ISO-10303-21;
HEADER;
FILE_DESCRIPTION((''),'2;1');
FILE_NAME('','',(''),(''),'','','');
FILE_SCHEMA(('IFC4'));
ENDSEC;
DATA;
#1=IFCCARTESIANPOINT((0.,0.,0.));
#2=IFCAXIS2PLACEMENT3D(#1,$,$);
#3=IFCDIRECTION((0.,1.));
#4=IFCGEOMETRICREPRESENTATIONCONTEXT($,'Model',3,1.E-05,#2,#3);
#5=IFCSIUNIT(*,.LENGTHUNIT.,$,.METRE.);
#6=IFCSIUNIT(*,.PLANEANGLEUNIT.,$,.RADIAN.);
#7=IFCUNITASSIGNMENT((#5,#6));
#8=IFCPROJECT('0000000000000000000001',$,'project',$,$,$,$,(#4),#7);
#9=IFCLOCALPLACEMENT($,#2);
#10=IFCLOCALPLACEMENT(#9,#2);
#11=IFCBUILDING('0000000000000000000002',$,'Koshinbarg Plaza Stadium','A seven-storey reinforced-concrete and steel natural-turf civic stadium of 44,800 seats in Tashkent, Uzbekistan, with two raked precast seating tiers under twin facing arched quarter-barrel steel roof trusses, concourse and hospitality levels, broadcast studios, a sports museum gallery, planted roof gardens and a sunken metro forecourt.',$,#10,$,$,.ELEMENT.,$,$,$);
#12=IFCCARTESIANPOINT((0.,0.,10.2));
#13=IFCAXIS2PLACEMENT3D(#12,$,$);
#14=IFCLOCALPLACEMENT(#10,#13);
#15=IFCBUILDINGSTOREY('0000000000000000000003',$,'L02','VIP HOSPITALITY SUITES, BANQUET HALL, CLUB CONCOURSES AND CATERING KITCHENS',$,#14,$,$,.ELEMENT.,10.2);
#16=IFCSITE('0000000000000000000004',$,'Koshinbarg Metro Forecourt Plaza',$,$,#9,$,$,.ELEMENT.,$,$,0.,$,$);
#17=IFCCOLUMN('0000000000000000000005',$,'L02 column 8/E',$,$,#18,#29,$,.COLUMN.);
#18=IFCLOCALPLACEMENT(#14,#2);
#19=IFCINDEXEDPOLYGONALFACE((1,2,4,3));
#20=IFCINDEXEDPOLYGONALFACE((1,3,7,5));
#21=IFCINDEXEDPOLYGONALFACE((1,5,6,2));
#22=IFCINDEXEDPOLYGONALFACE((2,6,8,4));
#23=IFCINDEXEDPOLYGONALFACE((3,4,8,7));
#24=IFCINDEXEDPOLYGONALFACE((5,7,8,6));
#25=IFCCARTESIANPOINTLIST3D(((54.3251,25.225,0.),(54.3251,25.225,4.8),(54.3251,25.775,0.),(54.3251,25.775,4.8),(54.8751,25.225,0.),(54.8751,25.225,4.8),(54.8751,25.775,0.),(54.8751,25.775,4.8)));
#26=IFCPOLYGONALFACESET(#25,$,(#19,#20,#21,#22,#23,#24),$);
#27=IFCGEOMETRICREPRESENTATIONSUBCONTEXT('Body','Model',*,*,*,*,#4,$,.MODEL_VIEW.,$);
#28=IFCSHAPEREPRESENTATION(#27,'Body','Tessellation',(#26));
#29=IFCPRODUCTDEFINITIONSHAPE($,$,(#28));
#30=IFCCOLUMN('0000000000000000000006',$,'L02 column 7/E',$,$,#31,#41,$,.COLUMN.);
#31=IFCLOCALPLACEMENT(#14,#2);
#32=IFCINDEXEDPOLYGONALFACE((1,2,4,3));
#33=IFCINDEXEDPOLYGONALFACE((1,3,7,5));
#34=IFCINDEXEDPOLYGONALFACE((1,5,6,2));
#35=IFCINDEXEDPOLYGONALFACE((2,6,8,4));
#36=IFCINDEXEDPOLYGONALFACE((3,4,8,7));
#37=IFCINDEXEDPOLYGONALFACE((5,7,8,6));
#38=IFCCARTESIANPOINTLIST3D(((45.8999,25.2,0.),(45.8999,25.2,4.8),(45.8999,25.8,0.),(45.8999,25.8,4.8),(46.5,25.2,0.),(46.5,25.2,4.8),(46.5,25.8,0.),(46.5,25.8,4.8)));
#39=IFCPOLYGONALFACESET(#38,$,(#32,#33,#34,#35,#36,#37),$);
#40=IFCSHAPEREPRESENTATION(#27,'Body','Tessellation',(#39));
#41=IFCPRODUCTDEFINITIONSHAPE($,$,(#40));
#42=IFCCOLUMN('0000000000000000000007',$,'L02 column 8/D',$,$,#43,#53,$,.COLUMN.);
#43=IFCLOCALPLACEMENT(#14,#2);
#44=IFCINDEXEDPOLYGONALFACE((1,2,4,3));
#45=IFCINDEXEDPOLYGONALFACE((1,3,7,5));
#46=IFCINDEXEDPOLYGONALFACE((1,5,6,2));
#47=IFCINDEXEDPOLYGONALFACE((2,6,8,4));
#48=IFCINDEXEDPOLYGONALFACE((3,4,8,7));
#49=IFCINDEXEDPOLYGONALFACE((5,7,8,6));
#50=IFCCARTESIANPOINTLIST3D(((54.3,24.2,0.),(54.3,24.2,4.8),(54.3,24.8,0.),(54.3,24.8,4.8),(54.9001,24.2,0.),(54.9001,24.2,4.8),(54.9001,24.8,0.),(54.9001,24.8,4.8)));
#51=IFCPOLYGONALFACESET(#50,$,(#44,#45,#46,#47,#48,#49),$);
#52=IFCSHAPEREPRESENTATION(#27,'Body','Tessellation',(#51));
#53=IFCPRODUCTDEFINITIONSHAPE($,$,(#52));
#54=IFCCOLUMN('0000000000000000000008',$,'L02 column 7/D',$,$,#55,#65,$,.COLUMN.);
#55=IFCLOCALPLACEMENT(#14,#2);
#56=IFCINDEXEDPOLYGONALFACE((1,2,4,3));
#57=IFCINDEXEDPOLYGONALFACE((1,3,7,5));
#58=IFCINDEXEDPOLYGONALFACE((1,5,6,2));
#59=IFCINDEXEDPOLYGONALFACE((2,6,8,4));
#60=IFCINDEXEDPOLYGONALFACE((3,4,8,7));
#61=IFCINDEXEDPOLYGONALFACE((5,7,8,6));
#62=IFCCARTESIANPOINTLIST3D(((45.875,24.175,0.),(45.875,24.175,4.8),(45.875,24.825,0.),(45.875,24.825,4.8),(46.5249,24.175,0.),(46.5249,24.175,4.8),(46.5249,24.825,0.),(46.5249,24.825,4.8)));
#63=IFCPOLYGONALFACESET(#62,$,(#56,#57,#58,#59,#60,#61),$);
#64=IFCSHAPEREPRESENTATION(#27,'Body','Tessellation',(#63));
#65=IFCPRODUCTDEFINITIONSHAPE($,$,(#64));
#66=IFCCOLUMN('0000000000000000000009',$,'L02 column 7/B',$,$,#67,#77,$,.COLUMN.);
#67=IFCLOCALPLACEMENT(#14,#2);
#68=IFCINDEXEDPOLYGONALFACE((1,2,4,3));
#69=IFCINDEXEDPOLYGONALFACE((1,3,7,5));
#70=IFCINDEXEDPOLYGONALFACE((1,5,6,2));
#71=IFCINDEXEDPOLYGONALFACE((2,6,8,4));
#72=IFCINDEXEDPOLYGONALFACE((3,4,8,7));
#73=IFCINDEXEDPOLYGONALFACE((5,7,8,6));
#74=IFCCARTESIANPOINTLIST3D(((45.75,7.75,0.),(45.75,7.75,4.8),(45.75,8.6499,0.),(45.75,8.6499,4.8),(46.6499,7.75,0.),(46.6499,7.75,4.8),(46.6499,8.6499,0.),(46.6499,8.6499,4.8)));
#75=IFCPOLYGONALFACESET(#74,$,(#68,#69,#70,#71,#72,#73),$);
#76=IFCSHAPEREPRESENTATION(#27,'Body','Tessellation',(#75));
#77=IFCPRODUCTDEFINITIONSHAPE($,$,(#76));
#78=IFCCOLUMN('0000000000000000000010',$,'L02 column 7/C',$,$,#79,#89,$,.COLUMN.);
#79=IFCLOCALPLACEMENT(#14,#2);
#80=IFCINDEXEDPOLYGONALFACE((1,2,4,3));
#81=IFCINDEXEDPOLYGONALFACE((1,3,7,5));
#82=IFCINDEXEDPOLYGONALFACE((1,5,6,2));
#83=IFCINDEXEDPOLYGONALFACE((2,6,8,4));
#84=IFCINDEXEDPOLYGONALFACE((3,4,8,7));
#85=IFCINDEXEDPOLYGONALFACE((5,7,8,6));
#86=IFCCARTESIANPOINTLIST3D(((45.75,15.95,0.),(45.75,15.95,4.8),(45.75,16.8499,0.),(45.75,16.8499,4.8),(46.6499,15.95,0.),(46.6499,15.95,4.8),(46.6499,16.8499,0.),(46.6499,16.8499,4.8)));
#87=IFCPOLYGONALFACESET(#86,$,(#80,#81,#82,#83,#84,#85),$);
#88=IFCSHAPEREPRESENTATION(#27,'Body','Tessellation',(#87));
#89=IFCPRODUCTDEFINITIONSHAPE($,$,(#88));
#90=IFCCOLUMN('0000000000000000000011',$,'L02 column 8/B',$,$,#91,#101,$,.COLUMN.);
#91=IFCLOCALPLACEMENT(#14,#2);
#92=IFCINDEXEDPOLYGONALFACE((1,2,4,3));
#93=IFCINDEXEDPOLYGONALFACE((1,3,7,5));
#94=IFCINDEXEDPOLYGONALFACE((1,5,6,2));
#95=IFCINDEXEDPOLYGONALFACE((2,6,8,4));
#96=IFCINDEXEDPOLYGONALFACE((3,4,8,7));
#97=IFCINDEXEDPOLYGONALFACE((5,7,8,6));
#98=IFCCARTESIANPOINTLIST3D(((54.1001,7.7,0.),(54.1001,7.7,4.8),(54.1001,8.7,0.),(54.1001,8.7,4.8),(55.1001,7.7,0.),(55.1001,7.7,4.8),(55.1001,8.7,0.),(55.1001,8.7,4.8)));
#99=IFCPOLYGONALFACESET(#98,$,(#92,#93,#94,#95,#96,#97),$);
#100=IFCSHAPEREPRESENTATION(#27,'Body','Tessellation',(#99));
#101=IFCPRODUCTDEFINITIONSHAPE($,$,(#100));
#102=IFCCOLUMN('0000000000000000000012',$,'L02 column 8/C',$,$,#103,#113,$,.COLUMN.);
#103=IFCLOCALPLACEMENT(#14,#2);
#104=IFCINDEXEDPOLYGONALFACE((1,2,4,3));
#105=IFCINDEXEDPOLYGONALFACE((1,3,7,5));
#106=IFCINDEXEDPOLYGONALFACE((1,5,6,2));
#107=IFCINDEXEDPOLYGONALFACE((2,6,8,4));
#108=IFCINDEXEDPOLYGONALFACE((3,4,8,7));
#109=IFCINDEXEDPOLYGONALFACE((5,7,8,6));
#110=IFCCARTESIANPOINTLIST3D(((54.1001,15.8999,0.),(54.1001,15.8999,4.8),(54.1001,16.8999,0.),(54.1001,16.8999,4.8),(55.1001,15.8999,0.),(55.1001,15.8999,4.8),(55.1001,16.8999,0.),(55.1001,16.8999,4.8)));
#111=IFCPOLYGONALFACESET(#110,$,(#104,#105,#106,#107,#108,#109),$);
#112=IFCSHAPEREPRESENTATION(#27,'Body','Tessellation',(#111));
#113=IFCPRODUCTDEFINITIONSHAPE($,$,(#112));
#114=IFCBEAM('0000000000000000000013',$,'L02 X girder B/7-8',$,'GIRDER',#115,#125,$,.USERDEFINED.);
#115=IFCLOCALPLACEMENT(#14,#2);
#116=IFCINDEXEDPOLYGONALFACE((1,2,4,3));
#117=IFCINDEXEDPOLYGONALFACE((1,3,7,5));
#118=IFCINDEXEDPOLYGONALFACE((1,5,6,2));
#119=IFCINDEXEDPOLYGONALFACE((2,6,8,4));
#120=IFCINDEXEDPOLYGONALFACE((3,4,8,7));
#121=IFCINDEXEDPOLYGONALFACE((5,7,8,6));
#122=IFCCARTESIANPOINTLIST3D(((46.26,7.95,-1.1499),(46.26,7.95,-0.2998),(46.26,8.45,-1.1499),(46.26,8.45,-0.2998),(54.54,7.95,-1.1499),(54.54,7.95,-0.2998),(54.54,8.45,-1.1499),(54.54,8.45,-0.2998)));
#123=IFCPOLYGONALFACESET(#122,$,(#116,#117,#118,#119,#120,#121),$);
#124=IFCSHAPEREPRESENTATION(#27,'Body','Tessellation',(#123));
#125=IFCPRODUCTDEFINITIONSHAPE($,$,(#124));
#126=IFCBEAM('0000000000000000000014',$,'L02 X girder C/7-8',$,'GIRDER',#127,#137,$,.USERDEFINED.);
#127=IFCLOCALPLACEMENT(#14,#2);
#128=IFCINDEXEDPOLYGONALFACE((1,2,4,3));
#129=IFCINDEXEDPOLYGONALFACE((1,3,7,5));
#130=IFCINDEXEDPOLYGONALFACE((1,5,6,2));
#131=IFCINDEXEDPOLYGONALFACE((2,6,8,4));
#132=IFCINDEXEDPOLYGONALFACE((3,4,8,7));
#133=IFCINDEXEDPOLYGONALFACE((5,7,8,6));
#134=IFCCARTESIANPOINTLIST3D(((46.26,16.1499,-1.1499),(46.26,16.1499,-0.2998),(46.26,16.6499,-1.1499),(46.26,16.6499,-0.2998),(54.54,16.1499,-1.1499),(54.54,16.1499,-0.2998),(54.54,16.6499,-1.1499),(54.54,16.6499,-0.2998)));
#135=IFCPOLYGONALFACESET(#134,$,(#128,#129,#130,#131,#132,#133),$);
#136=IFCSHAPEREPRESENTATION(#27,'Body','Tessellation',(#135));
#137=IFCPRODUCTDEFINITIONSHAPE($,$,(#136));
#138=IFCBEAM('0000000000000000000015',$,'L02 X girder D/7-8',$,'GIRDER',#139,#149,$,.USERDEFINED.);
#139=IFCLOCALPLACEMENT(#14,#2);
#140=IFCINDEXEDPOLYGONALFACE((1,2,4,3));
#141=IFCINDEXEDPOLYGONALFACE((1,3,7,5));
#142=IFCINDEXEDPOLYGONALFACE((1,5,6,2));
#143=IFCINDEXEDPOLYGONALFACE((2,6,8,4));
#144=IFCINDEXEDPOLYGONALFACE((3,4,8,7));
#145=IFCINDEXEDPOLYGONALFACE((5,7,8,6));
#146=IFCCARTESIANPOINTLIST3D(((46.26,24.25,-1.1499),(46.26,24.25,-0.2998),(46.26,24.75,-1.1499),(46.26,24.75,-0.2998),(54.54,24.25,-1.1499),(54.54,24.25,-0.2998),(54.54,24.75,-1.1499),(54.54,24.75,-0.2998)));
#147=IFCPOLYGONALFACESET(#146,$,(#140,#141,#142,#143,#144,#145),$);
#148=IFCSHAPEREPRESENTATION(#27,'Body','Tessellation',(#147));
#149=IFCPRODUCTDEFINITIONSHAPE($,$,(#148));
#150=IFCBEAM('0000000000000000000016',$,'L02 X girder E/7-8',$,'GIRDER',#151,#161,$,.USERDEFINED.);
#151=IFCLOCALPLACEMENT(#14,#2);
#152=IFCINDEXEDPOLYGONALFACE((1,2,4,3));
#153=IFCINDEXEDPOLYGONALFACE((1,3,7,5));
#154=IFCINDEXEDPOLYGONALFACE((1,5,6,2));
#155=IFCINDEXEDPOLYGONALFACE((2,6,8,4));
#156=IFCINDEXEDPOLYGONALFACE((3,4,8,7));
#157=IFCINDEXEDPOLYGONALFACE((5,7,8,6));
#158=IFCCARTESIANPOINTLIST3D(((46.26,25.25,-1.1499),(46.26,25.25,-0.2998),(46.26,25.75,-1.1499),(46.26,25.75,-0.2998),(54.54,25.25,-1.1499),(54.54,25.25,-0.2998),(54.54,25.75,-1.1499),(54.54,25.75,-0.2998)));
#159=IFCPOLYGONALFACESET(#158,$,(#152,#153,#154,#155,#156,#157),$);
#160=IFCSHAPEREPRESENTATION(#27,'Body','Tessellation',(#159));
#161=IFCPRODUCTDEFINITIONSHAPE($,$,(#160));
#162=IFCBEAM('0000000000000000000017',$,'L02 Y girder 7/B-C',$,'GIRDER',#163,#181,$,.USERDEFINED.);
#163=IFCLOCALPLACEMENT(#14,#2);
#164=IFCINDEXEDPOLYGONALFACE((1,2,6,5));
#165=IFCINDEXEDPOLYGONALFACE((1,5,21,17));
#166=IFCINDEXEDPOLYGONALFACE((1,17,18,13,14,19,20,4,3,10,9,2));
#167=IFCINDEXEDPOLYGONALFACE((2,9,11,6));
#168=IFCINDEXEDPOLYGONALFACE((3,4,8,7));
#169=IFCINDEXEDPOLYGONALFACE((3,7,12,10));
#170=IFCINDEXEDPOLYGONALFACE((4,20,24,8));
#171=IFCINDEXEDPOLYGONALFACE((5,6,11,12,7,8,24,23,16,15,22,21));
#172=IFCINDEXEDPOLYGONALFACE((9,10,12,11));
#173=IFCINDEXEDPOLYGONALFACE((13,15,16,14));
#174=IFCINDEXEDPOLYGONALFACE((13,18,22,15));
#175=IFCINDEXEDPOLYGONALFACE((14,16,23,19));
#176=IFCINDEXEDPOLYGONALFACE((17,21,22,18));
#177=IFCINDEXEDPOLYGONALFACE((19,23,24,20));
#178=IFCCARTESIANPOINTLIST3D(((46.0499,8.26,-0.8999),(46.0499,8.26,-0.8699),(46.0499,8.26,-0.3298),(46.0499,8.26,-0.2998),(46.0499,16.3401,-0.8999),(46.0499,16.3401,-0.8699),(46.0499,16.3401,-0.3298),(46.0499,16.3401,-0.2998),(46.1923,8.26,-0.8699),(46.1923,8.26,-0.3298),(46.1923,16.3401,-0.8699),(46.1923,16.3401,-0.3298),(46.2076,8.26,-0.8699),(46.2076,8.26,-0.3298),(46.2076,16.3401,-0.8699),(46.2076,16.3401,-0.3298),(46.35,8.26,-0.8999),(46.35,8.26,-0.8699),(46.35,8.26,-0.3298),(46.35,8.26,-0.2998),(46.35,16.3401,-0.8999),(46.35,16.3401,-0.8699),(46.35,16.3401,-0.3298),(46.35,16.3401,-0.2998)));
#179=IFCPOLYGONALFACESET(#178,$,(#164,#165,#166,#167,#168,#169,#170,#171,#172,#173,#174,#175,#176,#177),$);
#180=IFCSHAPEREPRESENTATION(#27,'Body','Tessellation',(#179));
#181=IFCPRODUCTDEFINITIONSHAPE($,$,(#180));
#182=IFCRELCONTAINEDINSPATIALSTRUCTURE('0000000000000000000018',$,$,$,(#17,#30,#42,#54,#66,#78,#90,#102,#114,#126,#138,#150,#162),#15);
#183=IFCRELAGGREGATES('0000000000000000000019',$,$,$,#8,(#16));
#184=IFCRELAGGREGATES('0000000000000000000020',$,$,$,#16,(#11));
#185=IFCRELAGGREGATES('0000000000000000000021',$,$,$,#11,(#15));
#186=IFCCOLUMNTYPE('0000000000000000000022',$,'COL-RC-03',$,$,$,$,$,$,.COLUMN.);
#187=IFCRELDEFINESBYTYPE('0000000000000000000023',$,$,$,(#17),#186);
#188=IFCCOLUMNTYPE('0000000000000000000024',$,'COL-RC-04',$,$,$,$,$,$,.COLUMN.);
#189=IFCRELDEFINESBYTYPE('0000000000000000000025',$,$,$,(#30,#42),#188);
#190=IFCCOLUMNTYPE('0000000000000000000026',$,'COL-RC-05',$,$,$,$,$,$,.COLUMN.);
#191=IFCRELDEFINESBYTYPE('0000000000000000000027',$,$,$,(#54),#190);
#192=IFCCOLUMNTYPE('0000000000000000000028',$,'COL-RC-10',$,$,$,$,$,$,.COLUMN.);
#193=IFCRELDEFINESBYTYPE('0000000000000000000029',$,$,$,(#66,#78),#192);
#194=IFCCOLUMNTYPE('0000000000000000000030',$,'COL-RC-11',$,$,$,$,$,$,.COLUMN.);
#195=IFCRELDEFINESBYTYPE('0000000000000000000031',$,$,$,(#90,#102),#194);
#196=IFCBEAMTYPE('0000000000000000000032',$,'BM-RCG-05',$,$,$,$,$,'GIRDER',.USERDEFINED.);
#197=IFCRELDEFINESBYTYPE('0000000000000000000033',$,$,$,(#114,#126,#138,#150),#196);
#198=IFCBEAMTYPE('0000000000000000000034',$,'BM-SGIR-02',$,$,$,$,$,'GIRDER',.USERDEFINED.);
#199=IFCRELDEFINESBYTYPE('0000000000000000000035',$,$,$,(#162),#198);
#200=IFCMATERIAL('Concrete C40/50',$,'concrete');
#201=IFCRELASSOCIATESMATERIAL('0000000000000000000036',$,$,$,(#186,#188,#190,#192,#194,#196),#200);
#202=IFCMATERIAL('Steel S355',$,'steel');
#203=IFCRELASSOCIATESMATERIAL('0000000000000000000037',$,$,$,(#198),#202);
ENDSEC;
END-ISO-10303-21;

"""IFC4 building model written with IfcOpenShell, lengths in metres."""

from ifc_helpers import new_model, si_unit, direction, frame, origin, origin_2d, place, context, subcontext, project, spatial, rectangle, i_section, extrude, material, material_profile, profile_set, type_object, element, save


model = new_model("IFC4")

# Units and contexts
model_context = context("Model", 3, precision=1e-05, world=origin(), true_north=direction((0.0, 1.0)))
body_context = subcontext(model_context, "Body", "Model", "MODEL_VIEW")
ifc_project = project(units=[si_unit("LENGTHUNIT", "METRE"), si_unit("PLANEANGLEUNIT", "RADIAN")], contexts=[model_context])

# Site, building, storey
site_placement = place(None, origin())
site = spatial("IfcSite", under=ifc_project, at=site_placement, Name="Koshinbarg Metro Forecourt Plaza", CompositionType="ELEMENT", RefElevation=0.0)
building_placement = place(site_placement, origin())
building = spatial("IfcBuilding", under=site, at=building_placement, Name="Koshinbarg Plaza Stadium", Description="A seven-storey reinforced-concrete and steel natural-turf civic stadium of 44,800 seats in Tashkent, Uzbekistan, with two raked precast seating tiers under twin facing arched quarter-barrel steel roof trusses, concourse and hospitality levels, broadcast studios, a sports museum gallery, planted roof gardens and a sunken metro forecourt.", CompositionType="ELEMENT")
storey_placement = place(building_placement, frame((0.0, 0.0, 10.2)))
storey = spatial("IfcBuildingStorey", under=building, at=storey_placement, Name="L02", Description="VIP HOSPITALITY SUITES, BANQUET HALL, CLUB CONCOURSES AND CATERING KITCHENS", CompositionType="ELEMENT", Elevation=10.2)

# Columns
ifc_material_1 = material(Name="Concrete C40/50", Category="concrete")
ifc_material_profile_1 = material_profile(ifc_material_1, rectangle(XDim=0.55, YDim=0.55, at=origin_2d()), Name="RC 550x550")
ifc_profile_set_1 = profile_set([ifc_material_profile_1], Name="Concrete C40/50")
column_type_1 = type_object("IfcColumnType", Name="COL-RC-03", PredefinedType="COLUMN", material=ifc_profile_set_1)
column_1_placement = place(storey_placement, frame((54.6001, 25.5, 0.0), z_axis=(0.0, 0.0, 1.0), x_axis=(1.0, 0.0, 0.0)))
element("IfcColumn", 1, at=column_1_placement, inside=storey, type_object=column_type_1, Name="L02 column 8/E", PredefinedType="COLUMN", context=body_context, shape_type="SweptSolid", body=[
    extrude(rectangle(XDim=0.55, YDim=0.55, at=origin_2d()), origin(), (0.0, 0.0, 1.0), 4.8),
])
ifc_material_profile_2 = material_profile(ifc_material_1, rectangle(XDim=0.6001, YDim=0.6001, at=origin_2d()), Name="RC 600x600")
ifc_profile_set_2 = profile_set([ifc_material_profile_2], Name="Concrete C40/50")
column_type_2 = type_object("IfcColumnType", Name="COL-RC-04", PredefinedType="COLUMN", material=ifc_profile_set_2)
for number, where, z_axis, x_axis, name in (
    (2, (46.2, 25.5, 0.0), (0.0, 0.0, 1.0), (1.0, 0.0, 0.0), "L02 column 7/E"),
    (3, (54.6001, 24.5, 0.0), (0.0, 0.0, 1.0), (1.0, 0.0, 0.0), "L02 column 8/D"),
):
    element("IfcColumn", number, at=place(storey_placement, frame(where, z_axis=z_axis, x_axis=x_axis)), inside=storey, type_object=column_type_2, Name=name, PredefinedType="COLUMN", context=body_context, shape_type="SweptSolid", body=[
        extrude(rectangle(XDim=0.6001, YDim=0.6001, at=origin_2d()), origin(), (0.0, 0.0, 1.0), 4.8),
    ])
ifc_material_profile_3 = material_profile(ifc_material_1, rectangle(XDim=0.6499, YDim=0.6499, at=origin_2d()), Name="RC 650x650")
ifc_profile_set_3 = profile_set([ifc_material_profile_3], Name="Concrete C40/50")
column_type_3 = type_object("IfcColumnType", Name="COL-RC-05", PredefinedType="COLUMN", material=ifc_profile_set_3)
column_2_placement = place(storey_placement, frame((46.2, 24.5, 0.0), z_axis=(0.0, 0.0, 1.0), x_axis=(1.0, 0.0, 0.0)))
element("IfcColumn", 4, at=column_2_placement, inside=storey, type_object=column_type_3, Name="L02 column 7/D", PredefinedType="COLUMN", context=body_context, shape_type="SweptSolid", body=[
    extrude(rectangle(XDim=0.6499, YDim=0.6499, at=origin_2d()), origin(), (0.0, 0.0, 1.0), 4.8),
])
ifc_material_profile_4 = material_profile(ifc_material_1, rectangle(XDim=0.8999, YDim=0.8999, at=origin_2d()), Name="RC 900x900")
ifc_profile_set_4 = profile_set([ifc_material_profile_4], Name="Concrete C40/50")
column_type_4 = type_object("IfcColumnType", Name="COL-RC-10", PredefinedType="COLUMN", material=ifc_profile_set_4)
for number, where, z_axis, x_axis, name in (
    (5, (46.2, 8.2, 0.0), (0.0, 0.0, 1.0), (1.0, 0.0, 0.0), "L02 column 7/B"),
    (6, (46.2, 16.3999, 0.0), (0.0, 0.0, 1.0), (1.0, 0.0, 0.0), "L02 column 7/C"),
):
    element("IfcColumn", number, at=place(storey_placement, frame(where, z_axis=z_axis, x_axis=x_axis)), inside=storey, type_object=column_type_4, Name=name, PredefinedType="COLUMN", context=body_context, shape_type="SweptSolid", body=[
        extrude(rectangle(XDim=0.8999, YDim=0.8999, at=origin_2d()), origin(), (0.0, 0.0, 1.0), 4.8),
    ])
ifc_material_profile_5 = material_profile(ifc_material_1, rectangle(XDim=1.0, YDim=1.0, at=origin_2d()), Name="RC 1000x1000")
ifc_profile_set_5 = profile_set([ifc_material_profile_5], Name="Concrete C40/50")
column_type_5 = type_object("IfcColumnType", Name="COL-RC-11", PredefinedType="COLUMN", material=ifc_profile_set_5)
for number, where, z_axis, x_axis, name in (
    (7, (54.6001, 8.2, 0.0), (0.0, 0.0, 1.0), (1.0, 0.0, 0.0), "L02 column 8/B"),
    (8, (54.6001, 16.3999, 0.0), (0.0, 0.0, 1.0), (1.0, 0.0, 0.0), "L02 column 8/C"),
):
    element("IfcColumn", number, at=place(storey_placement, frame(where, z_axis=z_axis, x_axis=x_axis)), inside=storey, type_object=column_type_5, Name=name, PredefinedType="COLUMN", context=body_context, shape_type="SweptSolid", body=[
        extrude(rectangle(XDim=1.0, YDim=1.0, at=origin_2d()), origin(), (0.0, 0.0, 1.0), 4.8),
    ])

# Beams
ifc_material_profile_6 = material_profile(ifc_material_1, rectangle(XDim=0.5, YDim=0.8501, at=origin_2d()), Name="RC 500x850")
ifc_profile_set_6 = profile_set([ifc_material_profile_6], Name="Concrete C40/50")
beam_type_1 = type_object("IfcBeamType", Name="BM-RCG-05", ElementType="GIRDER", PredefinedType="USERDEFINED", material=ifc_profile_set_6)
for number, where, z_axis, x_axis, name in (
    (9, (46.26, 8.2, -0.7249), (1.0, 0.0, 0.0), (0.0, 1.0, 0.0), "L02 X girder B/7-8"),
    (10, (46.26, 16.3999, -0.7249), (1.0, 0.0, 0.0), (0.0, 1.0, 0.0), "L02 X girder C/7-8"),
    (11, (46.26, 24.5, -0.7249), (1.0, 0.0, 0.0), (0.0, 1.0, 0.0), "L02 X girder D/7-8"),
    (12, (46.26, 25.5, -0.7249), (1.0, 0.0, 0.0), (0.0, 1.0, 0.0), "L02 X girder E/7-8"),
):
    element("IfcBeam", number, at=place(storey_placement, frame(where, z_axis=z_axis, x_axis=x_axis)), inside=storey, type_object=beam_type_1, Name=name, ObjectType="GIRDER", PredefinedType="USERDEFINED", context=body_context, shape_type="SweptSolid", body=[
        extrude(rectangle(XDim=0.5, YDim=0.8501, at=origin_2d()), origin(), (0.0, 0.0, 1.0), 8.28),
    ])
ifc_material_2 = material(Name="Steel S355", Category="steel")
ifc_material_profile_7 = material_profile(ifc_material_2, i_section(OverallWidth=0.3, OverallDepth=0.6001, WebThickness=0.0154, FlangeThickness=0.03, at=origin_2d()), Name="HEB 600")
ifc_profile_set_7 = profile_set([ifc_material_profile_7], Name="Steel S355")
beam_type_2 = type_object("IfcBeamType", Name="BM-SGIR-02", ElementType="GIRDER", PredefinedType="USERDEFINED", material=ifc_profile_set_7)
beam_1_placement = place(storey_placement, frame((46.2, 8.26, -0.5999), z_axis=(0.0, 1.0, 0.0), x_axis=(-1.0, 0.0, 0.0)))
element("IfcBeam", 13, at=beam_1_placement, inside=storey, type_object=beam_type_2, Name="L02 Y girder 7/B-C", ObjectType="GIRDER", PredefinedType="USERDEFINED", context=body_context, shape_type="SweptSolid", body=[
    extrude(i_section(OverallWidth=0.3, OverallDepth=0.6001, WebThickness=0.0154, FlangeThickness=0.03, at=origin_2d()), origin(), (0.0, 0.0, 1.0), 8.0801),
])

save(model, "model.ifc")
